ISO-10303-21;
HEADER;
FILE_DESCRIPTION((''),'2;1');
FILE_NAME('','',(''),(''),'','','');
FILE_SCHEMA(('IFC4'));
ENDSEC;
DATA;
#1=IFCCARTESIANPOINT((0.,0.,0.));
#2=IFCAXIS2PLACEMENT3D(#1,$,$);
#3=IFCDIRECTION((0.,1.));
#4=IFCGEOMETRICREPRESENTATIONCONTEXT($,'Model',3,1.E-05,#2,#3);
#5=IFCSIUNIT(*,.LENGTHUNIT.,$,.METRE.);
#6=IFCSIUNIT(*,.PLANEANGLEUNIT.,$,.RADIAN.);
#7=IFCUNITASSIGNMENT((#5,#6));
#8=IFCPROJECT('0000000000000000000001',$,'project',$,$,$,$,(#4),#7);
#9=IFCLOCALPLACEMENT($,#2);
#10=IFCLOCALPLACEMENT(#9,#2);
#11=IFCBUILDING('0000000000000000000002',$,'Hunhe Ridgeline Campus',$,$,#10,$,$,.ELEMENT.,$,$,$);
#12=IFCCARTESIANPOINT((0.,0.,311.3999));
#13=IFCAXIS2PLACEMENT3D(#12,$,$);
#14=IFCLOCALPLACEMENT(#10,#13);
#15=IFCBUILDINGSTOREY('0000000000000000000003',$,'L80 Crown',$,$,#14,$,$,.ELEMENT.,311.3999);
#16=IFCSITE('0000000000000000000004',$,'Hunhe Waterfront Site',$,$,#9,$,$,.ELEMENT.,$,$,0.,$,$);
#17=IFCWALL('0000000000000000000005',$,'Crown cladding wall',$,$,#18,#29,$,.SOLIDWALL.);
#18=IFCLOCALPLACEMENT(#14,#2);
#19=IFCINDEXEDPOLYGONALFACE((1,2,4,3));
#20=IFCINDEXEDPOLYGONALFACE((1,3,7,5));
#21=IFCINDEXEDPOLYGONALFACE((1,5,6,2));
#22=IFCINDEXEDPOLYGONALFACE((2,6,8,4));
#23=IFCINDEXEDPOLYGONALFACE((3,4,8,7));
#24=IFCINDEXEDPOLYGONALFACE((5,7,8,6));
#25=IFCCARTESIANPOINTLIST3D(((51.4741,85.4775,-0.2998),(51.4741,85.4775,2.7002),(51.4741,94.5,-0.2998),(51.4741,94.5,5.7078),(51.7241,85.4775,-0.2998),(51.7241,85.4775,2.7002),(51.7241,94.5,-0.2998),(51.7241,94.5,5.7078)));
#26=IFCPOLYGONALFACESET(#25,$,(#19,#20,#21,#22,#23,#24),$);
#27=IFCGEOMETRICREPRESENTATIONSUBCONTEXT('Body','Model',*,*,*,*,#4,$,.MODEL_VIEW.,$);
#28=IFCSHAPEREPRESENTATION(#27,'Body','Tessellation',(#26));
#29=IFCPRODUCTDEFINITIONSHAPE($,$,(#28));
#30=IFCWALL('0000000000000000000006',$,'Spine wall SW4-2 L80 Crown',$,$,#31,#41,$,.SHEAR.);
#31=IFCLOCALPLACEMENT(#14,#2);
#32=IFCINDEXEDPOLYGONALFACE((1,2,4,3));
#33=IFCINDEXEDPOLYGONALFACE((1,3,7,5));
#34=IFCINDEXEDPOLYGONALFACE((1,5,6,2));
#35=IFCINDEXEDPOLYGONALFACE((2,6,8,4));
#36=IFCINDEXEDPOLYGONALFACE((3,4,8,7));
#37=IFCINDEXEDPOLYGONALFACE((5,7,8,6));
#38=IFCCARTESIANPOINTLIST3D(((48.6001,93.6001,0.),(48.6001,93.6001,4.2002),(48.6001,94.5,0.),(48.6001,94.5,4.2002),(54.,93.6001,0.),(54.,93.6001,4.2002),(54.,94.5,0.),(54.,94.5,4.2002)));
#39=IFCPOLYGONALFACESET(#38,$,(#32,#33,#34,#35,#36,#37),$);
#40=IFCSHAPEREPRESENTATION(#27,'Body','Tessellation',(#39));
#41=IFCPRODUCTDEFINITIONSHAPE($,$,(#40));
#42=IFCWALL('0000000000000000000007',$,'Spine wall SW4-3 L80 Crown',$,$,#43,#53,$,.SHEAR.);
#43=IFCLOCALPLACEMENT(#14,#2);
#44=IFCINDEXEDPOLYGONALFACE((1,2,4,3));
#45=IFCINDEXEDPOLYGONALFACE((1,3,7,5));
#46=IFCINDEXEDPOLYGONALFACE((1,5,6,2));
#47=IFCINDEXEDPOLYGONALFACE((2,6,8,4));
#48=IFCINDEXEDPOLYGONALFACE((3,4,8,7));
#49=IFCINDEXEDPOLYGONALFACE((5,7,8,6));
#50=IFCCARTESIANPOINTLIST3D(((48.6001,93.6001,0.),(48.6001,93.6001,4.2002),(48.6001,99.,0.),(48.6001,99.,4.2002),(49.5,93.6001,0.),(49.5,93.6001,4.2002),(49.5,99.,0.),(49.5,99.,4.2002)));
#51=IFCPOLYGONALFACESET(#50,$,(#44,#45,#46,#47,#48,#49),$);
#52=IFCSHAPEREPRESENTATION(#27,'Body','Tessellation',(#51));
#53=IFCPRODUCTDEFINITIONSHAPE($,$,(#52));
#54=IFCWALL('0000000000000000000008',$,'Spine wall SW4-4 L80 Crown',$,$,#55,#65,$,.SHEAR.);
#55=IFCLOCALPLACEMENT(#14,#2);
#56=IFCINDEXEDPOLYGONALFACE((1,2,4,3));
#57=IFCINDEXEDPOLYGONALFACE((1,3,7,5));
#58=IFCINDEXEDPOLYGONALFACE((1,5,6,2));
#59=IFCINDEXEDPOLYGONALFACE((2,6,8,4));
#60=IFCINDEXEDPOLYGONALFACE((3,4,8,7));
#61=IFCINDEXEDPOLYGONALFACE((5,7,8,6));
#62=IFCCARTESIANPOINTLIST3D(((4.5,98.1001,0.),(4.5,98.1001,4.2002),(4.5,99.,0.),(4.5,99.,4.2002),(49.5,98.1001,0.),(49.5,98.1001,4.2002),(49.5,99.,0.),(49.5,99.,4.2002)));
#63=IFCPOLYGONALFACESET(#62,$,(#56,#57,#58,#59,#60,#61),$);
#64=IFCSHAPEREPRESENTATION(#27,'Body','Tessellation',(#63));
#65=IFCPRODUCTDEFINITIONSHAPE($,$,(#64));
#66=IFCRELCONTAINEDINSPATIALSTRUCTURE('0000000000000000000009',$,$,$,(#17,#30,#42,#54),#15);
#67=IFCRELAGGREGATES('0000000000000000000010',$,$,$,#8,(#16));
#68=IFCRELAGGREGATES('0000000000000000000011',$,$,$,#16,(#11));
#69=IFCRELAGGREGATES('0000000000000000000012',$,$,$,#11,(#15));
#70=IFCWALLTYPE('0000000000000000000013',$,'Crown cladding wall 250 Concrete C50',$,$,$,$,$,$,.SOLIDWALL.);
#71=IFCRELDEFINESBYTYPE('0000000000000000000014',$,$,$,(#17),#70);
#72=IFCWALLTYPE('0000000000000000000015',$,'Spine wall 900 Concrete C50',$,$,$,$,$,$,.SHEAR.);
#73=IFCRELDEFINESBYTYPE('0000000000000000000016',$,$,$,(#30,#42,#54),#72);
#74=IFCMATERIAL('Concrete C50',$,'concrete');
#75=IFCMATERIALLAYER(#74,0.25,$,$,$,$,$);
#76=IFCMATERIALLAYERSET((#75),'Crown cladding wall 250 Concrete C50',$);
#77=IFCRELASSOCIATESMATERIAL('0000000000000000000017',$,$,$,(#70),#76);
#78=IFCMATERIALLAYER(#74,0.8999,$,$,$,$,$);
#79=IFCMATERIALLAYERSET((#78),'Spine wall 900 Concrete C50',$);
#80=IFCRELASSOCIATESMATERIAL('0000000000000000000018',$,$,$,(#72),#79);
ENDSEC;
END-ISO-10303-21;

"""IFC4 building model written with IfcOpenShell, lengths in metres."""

from ifc_helpers import new_model, si_unit, direction, frame, origin, place, context, subcontext, project, spatial, polyline, outline, extrude, material, layer, layer_set, type_object, element, save


model = new_model("IFC4")

# Units and contexts
model_context = context("Model", 3, precision=1e-05, world=origin(), true_north=direction((0.0, 1.0)))
body_context = subcontext(model_context, "Body", "Model", "MODEL_VIEW")
ifc_project = project(units=[si_unit("LENGTHUNIT", "METRE"), si_unit("PLANEANGLEUNIT", "RADIAN")], contexts=[model_context])

# Site, building, storey
site_placement = place(None, origin())
site = spatial("IfcSite", under=ifc_project, at=site_placement, Name="Hunhe Waterfront Site", CompositionType="ELEMENT", RefElevation=0.0)
building_placement = place(site_placement, origin())
building = spatial("IfcBuilding", under=site, at=building_placement, Name="Hunhe Ridgeline Campus", CompositionType="ELEMENT")
storey_placement = place(building_placement, frame((0.0, 0.0, 311.3999)))
storey = spatial("IfcBuildingStorey", under=building, at=storey_placement, Name="L80 Crown", CompositionType="ELEMENT", Elevation=311.3999)

# Walls
ifc_material_1 = material(Name="Concrete C50", Category="concrete")
ifc_layer_1 = layer(ifc_material_1, 0.25)
ifc_layer_set_1 = layer_set([ifc_layer_1], Name="Crown cladding wall 250 Concrete C50")
wall_type_1 = type_object("IfcWallType", Name="Crown cladding wall 250 Concrete C50", PredefinedType="SOLIDWALL", material=ifc_layer_set_1)
wall_1_placement = place(storey_placement, frame((51.5991, 85.4775, -0.2998), z_axis=(0.0, 0.0, 1.0), x_axis=(0.0, 1.0, 0.0)))
element("IfcWall", 1, at=wall_1_placement, inside=storey, type_object=wall_type_1, Name="Crown cladding wall", PredefinedType="SOLIDWALL", context=body_context, shape_type="SweptSolid", body=[
    extrude(outline(polyline([(0.0, 0.0), (9.0225, 0.0), (9.0225, 6.0076), (0.0, 3.0), (0.0, 0.0)])), frame((0.0, 0.125, 0.0), z_axis=(0.0, -1.0, 0.0), x_axis=(1.0, 0.0, 0.0)), (0.0, 0.0, 1.0), 0.25),
])
ifc_layer_2 = layer(ifc_material_1, 0.8999)
ifc_layer_set_2 = layer_set([ifc_layer_2], Name="Spine wall 900 Concrete C50")
wall_type_2 = type_object("IfcWallType", Name="Spine wall 900 Concrete C50", PredefinedType="SHEAR", material=ifc_layer_set_2)
for number, where, z_axis, x_axis, name in (
    (2, (54.0, 94.05, 0.0), (0.0, 0.0, 1.0), (-1.0, 0.0, 0.0), "Spine wall SW4-2 L80 Crown"),
    (3, (49.05, 93.6001, 0.0), (0.0, 0.0, 1.0), (0.0, 1.0, 0.0), "Spine wall SW4-3 L80 Crown"),
):
    element("IfcWall", number, at=place(storey_placement, frame(where, z_axis=z_axis, x_axis=x_axis)), inside=storey, type_object=wall_type_2, Name=name, PredefinedType="SHEAR", context=body_context, shape_type="SweptSolid", body=[
        extrude(outline(polyline([(0.0, 0.0), (5.3999, 0.0), (5.3999, 4.2002), (0.0, 4.2002), (0.0, 0.0)])), frame((0.0, 0.45, 0.0), z_axis=(0.0, -1.0, 0.0), x_axis=(1.0, 0.0, 0.0)), (0.0, 0.0, 1.0), 0.8999),
    ])
wall_2_placement = place(storey_placement, frame((49.5, 98.55, 0.0), z_axis=(0.0, 0.0, 1.0), x_axis=(-1.0, 0.0, 0.0)))
element("IfcWall", 4, at=wall_2_placement, inside=storey, type_object=wall_type_2, Name="Spine wall SW4-4 L80 Crown", PredefinedType="SHEAR", context=body_context, shape_type="SweptSolid", body=[
    extrude(outline(polyline([(0.0, 0.0), (45.0, 0.0), (45.0, 4.2002), (0.0, 4.2002), (0.0, 0.0)])), frame((0.0, 0.45, 0.0), z_axis=(0.0, -1.0, 0.0), x_axis=(1.0, 0.0, 0.0)), (0.0, 0.0, 1.0), 0.8999),
])

save(model, "model.ifc")
